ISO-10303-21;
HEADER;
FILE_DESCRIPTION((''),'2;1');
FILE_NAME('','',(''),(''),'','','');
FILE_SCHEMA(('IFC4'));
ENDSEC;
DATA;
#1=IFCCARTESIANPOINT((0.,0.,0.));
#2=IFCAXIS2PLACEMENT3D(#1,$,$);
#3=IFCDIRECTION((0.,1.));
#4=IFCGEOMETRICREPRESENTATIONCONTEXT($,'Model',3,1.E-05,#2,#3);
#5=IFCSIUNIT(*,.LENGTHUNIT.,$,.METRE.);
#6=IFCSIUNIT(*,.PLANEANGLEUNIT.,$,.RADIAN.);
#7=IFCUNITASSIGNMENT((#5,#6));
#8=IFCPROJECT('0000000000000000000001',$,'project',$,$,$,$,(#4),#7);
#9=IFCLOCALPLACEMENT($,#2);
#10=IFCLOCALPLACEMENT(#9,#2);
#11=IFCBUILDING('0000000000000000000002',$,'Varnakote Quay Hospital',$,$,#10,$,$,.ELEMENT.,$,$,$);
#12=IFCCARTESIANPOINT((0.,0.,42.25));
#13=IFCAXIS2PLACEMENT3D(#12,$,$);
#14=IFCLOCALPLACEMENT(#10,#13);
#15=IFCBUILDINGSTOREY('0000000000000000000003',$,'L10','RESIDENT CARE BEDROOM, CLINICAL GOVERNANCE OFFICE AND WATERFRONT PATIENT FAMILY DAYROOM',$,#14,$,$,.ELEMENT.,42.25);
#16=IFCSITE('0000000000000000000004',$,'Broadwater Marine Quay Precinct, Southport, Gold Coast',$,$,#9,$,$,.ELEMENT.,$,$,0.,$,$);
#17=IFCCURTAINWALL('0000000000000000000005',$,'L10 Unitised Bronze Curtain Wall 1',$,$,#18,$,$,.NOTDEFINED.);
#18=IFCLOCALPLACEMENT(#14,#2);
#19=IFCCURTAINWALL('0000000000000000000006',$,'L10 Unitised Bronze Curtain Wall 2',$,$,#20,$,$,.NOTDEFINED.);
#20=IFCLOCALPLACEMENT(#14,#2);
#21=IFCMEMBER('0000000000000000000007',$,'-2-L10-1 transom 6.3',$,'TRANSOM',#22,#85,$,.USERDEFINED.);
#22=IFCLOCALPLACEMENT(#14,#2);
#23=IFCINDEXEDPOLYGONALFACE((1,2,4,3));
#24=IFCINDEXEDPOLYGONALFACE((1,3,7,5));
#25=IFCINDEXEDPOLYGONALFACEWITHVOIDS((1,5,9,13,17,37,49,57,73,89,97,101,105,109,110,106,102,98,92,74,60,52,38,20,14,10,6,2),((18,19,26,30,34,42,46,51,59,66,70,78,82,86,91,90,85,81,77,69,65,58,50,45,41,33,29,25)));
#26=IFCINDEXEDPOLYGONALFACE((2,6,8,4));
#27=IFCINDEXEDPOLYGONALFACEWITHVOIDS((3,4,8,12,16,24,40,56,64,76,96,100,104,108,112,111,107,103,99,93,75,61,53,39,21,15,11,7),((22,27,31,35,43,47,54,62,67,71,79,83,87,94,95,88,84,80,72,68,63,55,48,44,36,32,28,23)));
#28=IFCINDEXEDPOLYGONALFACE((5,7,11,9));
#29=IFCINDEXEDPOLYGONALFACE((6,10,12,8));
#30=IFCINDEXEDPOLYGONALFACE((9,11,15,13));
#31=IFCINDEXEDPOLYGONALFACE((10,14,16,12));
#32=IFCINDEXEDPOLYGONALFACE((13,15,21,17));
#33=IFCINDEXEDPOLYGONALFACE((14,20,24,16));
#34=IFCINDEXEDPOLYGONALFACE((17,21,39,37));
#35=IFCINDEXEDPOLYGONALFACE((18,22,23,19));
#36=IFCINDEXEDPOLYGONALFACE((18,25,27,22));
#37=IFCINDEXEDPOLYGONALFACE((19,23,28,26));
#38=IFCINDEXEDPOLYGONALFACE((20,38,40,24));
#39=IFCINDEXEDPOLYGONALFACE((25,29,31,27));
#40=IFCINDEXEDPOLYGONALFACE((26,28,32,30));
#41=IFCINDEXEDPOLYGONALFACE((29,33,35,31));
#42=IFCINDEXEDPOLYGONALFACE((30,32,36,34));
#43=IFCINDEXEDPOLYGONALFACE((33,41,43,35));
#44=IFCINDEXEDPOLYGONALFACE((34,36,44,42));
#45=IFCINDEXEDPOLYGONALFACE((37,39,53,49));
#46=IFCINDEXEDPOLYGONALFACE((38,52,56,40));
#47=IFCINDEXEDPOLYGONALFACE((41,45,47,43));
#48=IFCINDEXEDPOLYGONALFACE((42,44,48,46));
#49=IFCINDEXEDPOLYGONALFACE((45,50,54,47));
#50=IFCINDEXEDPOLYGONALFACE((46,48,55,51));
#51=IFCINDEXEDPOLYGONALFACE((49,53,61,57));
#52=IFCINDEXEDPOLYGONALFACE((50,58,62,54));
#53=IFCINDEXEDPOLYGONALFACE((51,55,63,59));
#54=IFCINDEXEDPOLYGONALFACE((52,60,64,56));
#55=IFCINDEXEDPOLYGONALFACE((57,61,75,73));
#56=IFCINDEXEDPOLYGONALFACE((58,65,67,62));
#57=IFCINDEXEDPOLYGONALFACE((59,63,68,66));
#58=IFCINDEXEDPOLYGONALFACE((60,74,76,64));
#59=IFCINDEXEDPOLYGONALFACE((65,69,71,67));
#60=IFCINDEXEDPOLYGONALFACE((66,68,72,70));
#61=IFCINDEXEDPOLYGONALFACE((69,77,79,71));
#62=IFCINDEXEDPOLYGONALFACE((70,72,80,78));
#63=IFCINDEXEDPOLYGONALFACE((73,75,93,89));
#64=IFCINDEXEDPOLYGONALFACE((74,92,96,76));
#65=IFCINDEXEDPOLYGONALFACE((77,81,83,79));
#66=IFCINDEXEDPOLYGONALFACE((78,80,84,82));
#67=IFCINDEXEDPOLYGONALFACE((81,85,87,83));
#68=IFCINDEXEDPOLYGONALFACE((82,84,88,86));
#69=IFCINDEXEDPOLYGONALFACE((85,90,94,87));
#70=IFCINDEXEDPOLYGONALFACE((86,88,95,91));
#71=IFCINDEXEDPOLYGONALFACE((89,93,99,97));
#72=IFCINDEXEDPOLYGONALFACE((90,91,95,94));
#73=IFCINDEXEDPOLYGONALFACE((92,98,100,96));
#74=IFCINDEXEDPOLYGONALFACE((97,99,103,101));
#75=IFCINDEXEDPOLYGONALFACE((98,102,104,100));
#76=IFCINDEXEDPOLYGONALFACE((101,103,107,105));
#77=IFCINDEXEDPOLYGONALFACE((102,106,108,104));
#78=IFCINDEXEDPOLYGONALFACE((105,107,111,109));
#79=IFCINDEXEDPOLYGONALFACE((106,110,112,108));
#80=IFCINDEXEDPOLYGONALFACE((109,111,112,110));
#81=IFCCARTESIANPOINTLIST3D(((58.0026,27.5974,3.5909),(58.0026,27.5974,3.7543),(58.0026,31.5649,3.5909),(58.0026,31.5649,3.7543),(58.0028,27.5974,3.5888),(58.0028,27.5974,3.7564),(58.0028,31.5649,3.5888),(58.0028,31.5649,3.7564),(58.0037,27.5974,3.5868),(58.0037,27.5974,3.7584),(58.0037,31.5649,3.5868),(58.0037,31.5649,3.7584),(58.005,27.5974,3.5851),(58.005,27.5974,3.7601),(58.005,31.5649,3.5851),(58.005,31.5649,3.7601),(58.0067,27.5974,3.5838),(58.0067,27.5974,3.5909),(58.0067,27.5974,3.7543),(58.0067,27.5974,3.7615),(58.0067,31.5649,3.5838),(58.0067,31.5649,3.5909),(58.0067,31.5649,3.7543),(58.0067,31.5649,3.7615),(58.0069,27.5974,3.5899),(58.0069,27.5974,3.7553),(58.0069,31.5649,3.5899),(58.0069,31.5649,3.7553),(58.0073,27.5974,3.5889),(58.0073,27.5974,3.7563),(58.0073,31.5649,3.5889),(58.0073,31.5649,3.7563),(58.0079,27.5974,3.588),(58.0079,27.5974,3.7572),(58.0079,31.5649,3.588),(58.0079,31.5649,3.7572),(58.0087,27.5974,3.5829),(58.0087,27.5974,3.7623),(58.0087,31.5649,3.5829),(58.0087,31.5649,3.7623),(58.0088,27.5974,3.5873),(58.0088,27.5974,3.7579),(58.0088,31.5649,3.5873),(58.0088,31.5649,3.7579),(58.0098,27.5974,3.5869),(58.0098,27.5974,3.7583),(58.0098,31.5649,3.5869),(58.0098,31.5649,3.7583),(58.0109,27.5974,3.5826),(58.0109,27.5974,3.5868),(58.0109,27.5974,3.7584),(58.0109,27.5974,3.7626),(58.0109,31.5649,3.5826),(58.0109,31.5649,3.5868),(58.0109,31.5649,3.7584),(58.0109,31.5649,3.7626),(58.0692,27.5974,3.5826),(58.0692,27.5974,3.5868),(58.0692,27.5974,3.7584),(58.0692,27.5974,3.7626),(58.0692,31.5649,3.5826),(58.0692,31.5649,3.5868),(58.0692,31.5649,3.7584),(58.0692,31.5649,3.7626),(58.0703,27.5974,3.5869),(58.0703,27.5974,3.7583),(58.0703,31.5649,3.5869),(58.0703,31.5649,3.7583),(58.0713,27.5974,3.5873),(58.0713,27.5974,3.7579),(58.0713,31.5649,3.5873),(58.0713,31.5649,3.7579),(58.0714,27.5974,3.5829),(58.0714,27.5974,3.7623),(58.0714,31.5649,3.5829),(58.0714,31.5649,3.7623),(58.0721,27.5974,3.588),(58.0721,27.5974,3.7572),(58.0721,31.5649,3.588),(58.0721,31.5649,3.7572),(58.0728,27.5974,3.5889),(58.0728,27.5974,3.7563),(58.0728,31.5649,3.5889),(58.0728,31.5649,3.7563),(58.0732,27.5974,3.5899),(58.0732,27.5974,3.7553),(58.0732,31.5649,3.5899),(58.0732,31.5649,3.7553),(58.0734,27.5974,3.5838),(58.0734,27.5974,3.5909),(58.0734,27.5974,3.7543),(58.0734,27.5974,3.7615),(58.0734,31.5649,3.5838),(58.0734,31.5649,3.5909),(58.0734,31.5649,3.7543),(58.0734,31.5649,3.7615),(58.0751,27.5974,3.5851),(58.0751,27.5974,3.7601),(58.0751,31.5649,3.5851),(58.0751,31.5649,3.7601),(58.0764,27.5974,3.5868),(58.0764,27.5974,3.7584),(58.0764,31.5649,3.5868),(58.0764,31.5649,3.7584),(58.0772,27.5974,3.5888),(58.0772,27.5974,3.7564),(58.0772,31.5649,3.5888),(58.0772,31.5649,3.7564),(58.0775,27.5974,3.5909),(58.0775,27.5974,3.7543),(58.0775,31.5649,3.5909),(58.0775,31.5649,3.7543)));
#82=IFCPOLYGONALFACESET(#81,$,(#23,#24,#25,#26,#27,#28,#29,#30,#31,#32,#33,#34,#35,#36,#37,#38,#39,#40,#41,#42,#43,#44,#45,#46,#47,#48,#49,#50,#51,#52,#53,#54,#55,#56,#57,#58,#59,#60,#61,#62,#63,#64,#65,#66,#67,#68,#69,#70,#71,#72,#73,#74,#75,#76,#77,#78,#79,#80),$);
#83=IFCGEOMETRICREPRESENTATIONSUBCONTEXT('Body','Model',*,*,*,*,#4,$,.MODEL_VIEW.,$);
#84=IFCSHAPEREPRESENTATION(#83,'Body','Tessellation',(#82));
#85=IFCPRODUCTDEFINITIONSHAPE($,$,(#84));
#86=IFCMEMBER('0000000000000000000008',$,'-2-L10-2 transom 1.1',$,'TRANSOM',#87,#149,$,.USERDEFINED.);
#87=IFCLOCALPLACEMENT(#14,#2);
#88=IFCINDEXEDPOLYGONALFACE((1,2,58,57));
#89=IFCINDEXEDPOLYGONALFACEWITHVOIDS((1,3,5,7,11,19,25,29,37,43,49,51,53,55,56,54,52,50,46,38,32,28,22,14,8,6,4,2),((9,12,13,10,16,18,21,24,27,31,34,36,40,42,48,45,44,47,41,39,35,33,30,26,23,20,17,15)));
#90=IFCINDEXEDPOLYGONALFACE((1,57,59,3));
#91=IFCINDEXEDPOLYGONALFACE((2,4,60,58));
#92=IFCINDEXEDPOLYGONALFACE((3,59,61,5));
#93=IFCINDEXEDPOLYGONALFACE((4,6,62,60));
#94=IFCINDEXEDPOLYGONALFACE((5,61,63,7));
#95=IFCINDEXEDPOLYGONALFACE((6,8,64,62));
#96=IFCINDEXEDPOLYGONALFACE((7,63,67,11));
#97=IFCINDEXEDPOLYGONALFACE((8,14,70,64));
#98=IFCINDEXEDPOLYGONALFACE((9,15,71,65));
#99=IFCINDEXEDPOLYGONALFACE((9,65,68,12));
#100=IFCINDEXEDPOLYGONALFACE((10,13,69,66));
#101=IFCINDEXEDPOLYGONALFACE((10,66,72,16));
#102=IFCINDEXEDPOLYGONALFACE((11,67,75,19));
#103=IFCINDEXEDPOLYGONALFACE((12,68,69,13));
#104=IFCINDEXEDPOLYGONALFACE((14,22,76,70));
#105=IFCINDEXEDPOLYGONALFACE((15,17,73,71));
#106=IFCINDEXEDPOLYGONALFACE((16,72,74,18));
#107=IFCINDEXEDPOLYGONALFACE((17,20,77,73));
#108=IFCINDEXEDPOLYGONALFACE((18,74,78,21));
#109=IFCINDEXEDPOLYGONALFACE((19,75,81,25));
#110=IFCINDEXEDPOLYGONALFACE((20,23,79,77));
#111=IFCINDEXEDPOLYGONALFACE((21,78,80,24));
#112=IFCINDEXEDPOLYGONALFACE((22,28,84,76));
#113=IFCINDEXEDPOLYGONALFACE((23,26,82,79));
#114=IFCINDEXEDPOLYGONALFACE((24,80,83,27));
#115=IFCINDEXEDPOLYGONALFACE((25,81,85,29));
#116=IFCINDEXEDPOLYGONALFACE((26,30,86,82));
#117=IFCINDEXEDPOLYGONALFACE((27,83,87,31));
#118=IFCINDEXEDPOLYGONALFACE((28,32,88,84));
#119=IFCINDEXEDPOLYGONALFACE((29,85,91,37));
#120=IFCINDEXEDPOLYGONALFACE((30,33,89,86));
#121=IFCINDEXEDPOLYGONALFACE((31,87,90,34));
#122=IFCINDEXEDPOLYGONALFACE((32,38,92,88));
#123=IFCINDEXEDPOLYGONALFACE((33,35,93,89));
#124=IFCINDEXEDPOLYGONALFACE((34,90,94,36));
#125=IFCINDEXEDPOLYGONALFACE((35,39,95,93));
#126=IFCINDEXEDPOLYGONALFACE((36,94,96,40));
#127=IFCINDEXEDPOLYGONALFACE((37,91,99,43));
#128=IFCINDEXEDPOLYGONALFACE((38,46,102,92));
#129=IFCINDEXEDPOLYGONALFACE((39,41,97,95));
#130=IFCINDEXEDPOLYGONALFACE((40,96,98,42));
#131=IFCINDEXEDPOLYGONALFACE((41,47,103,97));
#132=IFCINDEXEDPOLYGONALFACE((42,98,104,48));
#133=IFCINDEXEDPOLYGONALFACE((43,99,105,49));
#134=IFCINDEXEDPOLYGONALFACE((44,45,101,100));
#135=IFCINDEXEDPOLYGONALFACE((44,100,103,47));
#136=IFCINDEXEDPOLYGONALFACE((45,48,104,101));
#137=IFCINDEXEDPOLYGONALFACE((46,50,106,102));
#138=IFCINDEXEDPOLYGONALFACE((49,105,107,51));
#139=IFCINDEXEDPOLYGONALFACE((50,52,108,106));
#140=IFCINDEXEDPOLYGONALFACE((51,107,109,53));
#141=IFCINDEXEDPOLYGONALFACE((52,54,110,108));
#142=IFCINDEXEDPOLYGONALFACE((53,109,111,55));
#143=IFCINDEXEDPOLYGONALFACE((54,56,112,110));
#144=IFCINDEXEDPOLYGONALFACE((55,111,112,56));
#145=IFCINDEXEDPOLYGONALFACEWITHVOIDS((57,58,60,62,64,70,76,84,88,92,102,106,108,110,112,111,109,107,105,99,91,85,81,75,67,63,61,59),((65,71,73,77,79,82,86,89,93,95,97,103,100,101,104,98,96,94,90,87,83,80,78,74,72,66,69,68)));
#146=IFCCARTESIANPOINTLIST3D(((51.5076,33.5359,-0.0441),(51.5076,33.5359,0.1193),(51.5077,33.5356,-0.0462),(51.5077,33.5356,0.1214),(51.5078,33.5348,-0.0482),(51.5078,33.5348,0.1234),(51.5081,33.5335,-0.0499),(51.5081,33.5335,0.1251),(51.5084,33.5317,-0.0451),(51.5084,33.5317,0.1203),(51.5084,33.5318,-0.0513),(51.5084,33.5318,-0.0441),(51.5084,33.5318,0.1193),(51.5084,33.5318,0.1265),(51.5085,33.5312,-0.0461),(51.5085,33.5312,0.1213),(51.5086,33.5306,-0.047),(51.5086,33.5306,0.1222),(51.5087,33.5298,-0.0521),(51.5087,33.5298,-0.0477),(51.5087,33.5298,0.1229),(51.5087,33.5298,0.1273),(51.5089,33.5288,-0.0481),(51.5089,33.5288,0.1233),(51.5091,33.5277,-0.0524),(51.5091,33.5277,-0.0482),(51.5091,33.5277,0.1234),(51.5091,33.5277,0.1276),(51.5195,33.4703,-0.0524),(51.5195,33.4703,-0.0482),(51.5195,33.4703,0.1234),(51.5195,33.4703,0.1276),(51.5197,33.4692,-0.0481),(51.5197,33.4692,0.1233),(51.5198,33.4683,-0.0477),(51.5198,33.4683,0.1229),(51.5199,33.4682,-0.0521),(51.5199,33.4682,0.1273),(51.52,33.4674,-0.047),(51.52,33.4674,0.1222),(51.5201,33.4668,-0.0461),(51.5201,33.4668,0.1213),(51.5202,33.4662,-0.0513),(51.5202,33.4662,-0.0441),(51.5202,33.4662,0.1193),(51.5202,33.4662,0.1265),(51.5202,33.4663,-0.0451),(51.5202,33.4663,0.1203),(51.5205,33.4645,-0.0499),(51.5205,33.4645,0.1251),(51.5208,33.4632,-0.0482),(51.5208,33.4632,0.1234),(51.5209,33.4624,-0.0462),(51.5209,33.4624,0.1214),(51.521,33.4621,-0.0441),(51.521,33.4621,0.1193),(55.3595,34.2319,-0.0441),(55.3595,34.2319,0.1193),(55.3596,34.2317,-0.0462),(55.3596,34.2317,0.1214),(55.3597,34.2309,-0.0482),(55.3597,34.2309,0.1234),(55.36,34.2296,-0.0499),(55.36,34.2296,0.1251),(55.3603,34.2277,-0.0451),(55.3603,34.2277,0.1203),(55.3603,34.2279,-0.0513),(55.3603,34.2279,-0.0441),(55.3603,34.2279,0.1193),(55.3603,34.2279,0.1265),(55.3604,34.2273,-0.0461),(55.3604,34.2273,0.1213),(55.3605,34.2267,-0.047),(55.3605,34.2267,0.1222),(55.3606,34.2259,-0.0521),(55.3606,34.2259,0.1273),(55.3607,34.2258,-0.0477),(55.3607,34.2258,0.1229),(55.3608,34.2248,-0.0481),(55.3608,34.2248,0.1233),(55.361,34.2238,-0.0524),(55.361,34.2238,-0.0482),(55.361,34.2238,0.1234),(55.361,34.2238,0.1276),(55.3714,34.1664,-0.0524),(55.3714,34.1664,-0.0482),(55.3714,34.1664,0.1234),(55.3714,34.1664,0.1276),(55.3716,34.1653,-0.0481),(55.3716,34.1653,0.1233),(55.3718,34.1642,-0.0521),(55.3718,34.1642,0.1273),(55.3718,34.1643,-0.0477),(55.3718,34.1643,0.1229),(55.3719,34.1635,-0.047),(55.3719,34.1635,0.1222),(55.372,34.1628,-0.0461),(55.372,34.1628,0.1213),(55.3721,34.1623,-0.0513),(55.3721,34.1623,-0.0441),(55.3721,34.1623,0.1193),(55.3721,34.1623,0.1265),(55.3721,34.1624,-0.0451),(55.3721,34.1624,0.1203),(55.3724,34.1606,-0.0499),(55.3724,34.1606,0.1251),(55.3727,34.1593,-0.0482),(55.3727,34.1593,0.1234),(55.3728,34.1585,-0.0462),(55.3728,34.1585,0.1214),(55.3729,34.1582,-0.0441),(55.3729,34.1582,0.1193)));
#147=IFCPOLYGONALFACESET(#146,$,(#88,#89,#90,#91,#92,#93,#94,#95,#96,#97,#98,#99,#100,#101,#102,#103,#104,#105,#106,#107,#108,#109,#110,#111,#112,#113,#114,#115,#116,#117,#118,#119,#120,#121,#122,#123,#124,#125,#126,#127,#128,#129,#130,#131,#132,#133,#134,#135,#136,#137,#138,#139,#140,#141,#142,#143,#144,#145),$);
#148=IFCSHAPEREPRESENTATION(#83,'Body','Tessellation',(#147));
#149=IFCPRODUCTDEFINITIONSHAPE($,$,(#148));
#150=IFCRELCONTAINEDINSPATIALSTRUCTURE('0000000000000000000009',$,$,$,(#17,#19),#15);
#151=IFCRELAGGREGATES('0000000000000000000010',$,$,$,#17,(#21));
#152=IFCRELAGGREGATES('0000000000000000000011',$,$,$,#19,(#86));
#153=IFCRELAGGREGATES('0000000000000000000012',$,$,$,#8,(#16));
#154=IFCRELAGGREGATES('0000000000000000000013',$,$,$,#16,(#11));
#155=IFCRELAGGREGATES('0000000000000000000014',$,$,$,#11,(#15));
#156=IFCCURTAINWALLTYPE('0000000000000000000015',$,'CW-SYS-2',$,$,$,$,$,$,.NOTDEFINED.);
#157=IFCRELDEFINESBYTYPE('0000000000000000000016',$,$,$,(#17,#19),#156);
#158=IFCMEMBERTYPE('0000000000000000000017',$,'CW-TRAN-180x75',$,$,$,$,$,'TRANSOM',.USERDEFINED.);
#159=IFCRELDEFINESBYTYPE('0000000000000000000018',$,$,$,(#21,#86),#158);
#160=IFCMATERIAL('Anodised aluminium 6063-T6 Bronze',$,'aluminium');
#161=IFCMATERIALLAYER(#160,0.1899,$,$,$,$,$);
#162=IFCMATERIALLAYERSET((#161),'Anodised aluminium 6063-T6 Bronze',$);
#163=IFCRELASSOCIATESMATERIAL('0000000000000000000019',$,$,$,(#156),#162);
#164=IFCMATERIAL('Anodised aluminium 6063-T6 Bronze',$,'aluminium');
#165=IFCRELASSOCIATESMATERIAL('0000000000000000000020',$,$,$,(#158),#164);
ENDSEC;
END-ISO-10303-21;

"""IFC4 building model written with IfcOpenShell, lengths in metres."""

from ifc_helpers import new_model, si_unit, direction, frame, origin, origin_2d, place, context, subcontext, project, spatial, hollow_rectangle, extrude, material, layer, layer_set, material_profile, profile_set, type_object, element, aggregate, save


model = new_model("IFC4")

# Units and contexts
model_context = context("Model", 3, precision=1e-05, world=origin(), true_north=direction((0.0, 1.0)))
body_context = subcontext(model_context, "Body", "Model", "MODEL_VIEW")
ifc_project = project(units=[si_unit("LENGTHUNIT", "METRE"), si_unit("PLANEANGLEUNIT", "RADIAN")], contexts=[model_context])

# Site, building, storey
site_placement = place(None, origin())
site = spatial("IfcSite", under=ifc_project, at=site_placement, Name="Broadwater Marine Quay Precinct, Southport, Gold Coast", CompositionType="ELEMENT", RefElevation=0.0)
building_placement = place(site_placement, origin())
building = spatial("IfcBuilding", under=site, at=building_placement, Name="Varnakote Quay Hospital", CompositionType="ELEMENT")
storey_placement = place(building_placement, frame((0.0, 0.0, 42.25)))
storey = spatial("IfcBuildingStorey", under=building, at=storey_placement, Name="L10", Description="RESIDENT CARE BEDROOM, CLINICAL GOVERNANCE OFFICE AND WATERFRONT PATIENT FAMILY DAYROOM", CompositionType="ELEMENT", Elevation=42.25)

# Curtain wall
ifc_material_1 = material(Name="Anodised aluminium 6063-T6 Bronze", Category="aluminium")
ifc_layer_1 = layer(ifc_material_1, 0.1899)
ifc_layer_set_1 = layer_set([ifc_layer_1], Name="Anodised aluminium 6063-T6 Bronze")
curtain_wall_type = type_object("IfcCurtainWallType", Name="CW-SYS-2", PredefinedType="NOTDEFINED", material=ifc_layer_set_1)
curtain_wall_1_placement = place(storey_placement, origin())
curtain_wall_1 = element("IfcCurtainWall", 1, at=curtain_wall_1_placement, inside=storey, type_object=curtain_wall_type, Name="L10 Unitised Bronze Curtain Wall 1", PredefinedType="NOTDEFINED")

# Curtain wall
curtain_wall_2_placement = place(storey_placement, origin())
curtain_wall_2 = element("IfcCurtainWall", 2, at=curtain_wall_2_placement, inside=storey, type_object=curtain_wall_type, Name="L10 Unitised Bronze Curtain Wall 2", PredefinedType="NOTDEFINED")

# Members
ifc_material_2 = material(Name="Anodised aluminium 6063-T6 Bronze", Category="aluminium")
ifc_material_profile_1 = material_profile(ifc_material_2, hollow_rectangle(XDim=0.075, YDim=0.1799, WallThickness=0.0042, InnerFilletRadius=0.0042, OuterFilletRadius=0.0083, at=origin_2d()), Name="CW-TRAN-180x75")
ifc_profile_set_1 = profile_set([ifc_material_profile_1], Name="Anodised aluminium 6063-T6 Bronze")
member_type_1 = type_object("IfcMemberType", Name="CW-TRAN-180x75", ElementType="TRANSOM", PredefinedType="USERDEFINED", material=ifc_profile_set_1)
member_1_placement = place(storey_placement, frame((58.04, 27.5974, 3.6726), z_axis=(0.0, 1.0, 0.0), x_axis=(-1.0, 0.0, 0.0)))
member_1 = element("IfcMember", 3, at=member_1_placement, type_object=member_type_1, Name="-2-L10-1 transom 6.3", ObjectType="TRANSOM", PredefinedType="USERDEFINED", context=body_context, shape_type="SweptSolid", body=[
    extrude(hollow_rectangle(XDim=0.075, YDim=0.1799, WallThickness=0.0042, InnerFilletRadius=0.0042, OuterFilletRadius=0.0083, at=origin_2d()), origin(), (0.0, 0.0, 1.0), 3.9675),
])
member_2_placement = place(storey_placement, frame((55.3662, 34.1951, 0.0376), z_axis=(-0.984062, -0.177826, 0.0), x_axis=(0.177826, -0.984062, 0.0)))
member_2 = element("IfcMember", 4, at=member_2_placement, type_object=member_type_1, Name="-2-L10-2 transom 1.1", ObjectType="TRANSOM", PredefinedType="USERDEFINED", context=body_context, shape_type="SweptSolid", body=[
    extrude(hollow_rectangle(XDim=0.075, YDim=0.1799, WallThickness=0.0042, InnerFilletRadius=0.0042, OuterFilletRadius=0.0083, at=origin_2d()), origin(), (0.0, 0.0, 1.0), 3.9143),
])

aggregate(curtain_wall_1, [member_1])
aggregate(curtain_wall_2, [member_2])

save(model, "model.ifc")
